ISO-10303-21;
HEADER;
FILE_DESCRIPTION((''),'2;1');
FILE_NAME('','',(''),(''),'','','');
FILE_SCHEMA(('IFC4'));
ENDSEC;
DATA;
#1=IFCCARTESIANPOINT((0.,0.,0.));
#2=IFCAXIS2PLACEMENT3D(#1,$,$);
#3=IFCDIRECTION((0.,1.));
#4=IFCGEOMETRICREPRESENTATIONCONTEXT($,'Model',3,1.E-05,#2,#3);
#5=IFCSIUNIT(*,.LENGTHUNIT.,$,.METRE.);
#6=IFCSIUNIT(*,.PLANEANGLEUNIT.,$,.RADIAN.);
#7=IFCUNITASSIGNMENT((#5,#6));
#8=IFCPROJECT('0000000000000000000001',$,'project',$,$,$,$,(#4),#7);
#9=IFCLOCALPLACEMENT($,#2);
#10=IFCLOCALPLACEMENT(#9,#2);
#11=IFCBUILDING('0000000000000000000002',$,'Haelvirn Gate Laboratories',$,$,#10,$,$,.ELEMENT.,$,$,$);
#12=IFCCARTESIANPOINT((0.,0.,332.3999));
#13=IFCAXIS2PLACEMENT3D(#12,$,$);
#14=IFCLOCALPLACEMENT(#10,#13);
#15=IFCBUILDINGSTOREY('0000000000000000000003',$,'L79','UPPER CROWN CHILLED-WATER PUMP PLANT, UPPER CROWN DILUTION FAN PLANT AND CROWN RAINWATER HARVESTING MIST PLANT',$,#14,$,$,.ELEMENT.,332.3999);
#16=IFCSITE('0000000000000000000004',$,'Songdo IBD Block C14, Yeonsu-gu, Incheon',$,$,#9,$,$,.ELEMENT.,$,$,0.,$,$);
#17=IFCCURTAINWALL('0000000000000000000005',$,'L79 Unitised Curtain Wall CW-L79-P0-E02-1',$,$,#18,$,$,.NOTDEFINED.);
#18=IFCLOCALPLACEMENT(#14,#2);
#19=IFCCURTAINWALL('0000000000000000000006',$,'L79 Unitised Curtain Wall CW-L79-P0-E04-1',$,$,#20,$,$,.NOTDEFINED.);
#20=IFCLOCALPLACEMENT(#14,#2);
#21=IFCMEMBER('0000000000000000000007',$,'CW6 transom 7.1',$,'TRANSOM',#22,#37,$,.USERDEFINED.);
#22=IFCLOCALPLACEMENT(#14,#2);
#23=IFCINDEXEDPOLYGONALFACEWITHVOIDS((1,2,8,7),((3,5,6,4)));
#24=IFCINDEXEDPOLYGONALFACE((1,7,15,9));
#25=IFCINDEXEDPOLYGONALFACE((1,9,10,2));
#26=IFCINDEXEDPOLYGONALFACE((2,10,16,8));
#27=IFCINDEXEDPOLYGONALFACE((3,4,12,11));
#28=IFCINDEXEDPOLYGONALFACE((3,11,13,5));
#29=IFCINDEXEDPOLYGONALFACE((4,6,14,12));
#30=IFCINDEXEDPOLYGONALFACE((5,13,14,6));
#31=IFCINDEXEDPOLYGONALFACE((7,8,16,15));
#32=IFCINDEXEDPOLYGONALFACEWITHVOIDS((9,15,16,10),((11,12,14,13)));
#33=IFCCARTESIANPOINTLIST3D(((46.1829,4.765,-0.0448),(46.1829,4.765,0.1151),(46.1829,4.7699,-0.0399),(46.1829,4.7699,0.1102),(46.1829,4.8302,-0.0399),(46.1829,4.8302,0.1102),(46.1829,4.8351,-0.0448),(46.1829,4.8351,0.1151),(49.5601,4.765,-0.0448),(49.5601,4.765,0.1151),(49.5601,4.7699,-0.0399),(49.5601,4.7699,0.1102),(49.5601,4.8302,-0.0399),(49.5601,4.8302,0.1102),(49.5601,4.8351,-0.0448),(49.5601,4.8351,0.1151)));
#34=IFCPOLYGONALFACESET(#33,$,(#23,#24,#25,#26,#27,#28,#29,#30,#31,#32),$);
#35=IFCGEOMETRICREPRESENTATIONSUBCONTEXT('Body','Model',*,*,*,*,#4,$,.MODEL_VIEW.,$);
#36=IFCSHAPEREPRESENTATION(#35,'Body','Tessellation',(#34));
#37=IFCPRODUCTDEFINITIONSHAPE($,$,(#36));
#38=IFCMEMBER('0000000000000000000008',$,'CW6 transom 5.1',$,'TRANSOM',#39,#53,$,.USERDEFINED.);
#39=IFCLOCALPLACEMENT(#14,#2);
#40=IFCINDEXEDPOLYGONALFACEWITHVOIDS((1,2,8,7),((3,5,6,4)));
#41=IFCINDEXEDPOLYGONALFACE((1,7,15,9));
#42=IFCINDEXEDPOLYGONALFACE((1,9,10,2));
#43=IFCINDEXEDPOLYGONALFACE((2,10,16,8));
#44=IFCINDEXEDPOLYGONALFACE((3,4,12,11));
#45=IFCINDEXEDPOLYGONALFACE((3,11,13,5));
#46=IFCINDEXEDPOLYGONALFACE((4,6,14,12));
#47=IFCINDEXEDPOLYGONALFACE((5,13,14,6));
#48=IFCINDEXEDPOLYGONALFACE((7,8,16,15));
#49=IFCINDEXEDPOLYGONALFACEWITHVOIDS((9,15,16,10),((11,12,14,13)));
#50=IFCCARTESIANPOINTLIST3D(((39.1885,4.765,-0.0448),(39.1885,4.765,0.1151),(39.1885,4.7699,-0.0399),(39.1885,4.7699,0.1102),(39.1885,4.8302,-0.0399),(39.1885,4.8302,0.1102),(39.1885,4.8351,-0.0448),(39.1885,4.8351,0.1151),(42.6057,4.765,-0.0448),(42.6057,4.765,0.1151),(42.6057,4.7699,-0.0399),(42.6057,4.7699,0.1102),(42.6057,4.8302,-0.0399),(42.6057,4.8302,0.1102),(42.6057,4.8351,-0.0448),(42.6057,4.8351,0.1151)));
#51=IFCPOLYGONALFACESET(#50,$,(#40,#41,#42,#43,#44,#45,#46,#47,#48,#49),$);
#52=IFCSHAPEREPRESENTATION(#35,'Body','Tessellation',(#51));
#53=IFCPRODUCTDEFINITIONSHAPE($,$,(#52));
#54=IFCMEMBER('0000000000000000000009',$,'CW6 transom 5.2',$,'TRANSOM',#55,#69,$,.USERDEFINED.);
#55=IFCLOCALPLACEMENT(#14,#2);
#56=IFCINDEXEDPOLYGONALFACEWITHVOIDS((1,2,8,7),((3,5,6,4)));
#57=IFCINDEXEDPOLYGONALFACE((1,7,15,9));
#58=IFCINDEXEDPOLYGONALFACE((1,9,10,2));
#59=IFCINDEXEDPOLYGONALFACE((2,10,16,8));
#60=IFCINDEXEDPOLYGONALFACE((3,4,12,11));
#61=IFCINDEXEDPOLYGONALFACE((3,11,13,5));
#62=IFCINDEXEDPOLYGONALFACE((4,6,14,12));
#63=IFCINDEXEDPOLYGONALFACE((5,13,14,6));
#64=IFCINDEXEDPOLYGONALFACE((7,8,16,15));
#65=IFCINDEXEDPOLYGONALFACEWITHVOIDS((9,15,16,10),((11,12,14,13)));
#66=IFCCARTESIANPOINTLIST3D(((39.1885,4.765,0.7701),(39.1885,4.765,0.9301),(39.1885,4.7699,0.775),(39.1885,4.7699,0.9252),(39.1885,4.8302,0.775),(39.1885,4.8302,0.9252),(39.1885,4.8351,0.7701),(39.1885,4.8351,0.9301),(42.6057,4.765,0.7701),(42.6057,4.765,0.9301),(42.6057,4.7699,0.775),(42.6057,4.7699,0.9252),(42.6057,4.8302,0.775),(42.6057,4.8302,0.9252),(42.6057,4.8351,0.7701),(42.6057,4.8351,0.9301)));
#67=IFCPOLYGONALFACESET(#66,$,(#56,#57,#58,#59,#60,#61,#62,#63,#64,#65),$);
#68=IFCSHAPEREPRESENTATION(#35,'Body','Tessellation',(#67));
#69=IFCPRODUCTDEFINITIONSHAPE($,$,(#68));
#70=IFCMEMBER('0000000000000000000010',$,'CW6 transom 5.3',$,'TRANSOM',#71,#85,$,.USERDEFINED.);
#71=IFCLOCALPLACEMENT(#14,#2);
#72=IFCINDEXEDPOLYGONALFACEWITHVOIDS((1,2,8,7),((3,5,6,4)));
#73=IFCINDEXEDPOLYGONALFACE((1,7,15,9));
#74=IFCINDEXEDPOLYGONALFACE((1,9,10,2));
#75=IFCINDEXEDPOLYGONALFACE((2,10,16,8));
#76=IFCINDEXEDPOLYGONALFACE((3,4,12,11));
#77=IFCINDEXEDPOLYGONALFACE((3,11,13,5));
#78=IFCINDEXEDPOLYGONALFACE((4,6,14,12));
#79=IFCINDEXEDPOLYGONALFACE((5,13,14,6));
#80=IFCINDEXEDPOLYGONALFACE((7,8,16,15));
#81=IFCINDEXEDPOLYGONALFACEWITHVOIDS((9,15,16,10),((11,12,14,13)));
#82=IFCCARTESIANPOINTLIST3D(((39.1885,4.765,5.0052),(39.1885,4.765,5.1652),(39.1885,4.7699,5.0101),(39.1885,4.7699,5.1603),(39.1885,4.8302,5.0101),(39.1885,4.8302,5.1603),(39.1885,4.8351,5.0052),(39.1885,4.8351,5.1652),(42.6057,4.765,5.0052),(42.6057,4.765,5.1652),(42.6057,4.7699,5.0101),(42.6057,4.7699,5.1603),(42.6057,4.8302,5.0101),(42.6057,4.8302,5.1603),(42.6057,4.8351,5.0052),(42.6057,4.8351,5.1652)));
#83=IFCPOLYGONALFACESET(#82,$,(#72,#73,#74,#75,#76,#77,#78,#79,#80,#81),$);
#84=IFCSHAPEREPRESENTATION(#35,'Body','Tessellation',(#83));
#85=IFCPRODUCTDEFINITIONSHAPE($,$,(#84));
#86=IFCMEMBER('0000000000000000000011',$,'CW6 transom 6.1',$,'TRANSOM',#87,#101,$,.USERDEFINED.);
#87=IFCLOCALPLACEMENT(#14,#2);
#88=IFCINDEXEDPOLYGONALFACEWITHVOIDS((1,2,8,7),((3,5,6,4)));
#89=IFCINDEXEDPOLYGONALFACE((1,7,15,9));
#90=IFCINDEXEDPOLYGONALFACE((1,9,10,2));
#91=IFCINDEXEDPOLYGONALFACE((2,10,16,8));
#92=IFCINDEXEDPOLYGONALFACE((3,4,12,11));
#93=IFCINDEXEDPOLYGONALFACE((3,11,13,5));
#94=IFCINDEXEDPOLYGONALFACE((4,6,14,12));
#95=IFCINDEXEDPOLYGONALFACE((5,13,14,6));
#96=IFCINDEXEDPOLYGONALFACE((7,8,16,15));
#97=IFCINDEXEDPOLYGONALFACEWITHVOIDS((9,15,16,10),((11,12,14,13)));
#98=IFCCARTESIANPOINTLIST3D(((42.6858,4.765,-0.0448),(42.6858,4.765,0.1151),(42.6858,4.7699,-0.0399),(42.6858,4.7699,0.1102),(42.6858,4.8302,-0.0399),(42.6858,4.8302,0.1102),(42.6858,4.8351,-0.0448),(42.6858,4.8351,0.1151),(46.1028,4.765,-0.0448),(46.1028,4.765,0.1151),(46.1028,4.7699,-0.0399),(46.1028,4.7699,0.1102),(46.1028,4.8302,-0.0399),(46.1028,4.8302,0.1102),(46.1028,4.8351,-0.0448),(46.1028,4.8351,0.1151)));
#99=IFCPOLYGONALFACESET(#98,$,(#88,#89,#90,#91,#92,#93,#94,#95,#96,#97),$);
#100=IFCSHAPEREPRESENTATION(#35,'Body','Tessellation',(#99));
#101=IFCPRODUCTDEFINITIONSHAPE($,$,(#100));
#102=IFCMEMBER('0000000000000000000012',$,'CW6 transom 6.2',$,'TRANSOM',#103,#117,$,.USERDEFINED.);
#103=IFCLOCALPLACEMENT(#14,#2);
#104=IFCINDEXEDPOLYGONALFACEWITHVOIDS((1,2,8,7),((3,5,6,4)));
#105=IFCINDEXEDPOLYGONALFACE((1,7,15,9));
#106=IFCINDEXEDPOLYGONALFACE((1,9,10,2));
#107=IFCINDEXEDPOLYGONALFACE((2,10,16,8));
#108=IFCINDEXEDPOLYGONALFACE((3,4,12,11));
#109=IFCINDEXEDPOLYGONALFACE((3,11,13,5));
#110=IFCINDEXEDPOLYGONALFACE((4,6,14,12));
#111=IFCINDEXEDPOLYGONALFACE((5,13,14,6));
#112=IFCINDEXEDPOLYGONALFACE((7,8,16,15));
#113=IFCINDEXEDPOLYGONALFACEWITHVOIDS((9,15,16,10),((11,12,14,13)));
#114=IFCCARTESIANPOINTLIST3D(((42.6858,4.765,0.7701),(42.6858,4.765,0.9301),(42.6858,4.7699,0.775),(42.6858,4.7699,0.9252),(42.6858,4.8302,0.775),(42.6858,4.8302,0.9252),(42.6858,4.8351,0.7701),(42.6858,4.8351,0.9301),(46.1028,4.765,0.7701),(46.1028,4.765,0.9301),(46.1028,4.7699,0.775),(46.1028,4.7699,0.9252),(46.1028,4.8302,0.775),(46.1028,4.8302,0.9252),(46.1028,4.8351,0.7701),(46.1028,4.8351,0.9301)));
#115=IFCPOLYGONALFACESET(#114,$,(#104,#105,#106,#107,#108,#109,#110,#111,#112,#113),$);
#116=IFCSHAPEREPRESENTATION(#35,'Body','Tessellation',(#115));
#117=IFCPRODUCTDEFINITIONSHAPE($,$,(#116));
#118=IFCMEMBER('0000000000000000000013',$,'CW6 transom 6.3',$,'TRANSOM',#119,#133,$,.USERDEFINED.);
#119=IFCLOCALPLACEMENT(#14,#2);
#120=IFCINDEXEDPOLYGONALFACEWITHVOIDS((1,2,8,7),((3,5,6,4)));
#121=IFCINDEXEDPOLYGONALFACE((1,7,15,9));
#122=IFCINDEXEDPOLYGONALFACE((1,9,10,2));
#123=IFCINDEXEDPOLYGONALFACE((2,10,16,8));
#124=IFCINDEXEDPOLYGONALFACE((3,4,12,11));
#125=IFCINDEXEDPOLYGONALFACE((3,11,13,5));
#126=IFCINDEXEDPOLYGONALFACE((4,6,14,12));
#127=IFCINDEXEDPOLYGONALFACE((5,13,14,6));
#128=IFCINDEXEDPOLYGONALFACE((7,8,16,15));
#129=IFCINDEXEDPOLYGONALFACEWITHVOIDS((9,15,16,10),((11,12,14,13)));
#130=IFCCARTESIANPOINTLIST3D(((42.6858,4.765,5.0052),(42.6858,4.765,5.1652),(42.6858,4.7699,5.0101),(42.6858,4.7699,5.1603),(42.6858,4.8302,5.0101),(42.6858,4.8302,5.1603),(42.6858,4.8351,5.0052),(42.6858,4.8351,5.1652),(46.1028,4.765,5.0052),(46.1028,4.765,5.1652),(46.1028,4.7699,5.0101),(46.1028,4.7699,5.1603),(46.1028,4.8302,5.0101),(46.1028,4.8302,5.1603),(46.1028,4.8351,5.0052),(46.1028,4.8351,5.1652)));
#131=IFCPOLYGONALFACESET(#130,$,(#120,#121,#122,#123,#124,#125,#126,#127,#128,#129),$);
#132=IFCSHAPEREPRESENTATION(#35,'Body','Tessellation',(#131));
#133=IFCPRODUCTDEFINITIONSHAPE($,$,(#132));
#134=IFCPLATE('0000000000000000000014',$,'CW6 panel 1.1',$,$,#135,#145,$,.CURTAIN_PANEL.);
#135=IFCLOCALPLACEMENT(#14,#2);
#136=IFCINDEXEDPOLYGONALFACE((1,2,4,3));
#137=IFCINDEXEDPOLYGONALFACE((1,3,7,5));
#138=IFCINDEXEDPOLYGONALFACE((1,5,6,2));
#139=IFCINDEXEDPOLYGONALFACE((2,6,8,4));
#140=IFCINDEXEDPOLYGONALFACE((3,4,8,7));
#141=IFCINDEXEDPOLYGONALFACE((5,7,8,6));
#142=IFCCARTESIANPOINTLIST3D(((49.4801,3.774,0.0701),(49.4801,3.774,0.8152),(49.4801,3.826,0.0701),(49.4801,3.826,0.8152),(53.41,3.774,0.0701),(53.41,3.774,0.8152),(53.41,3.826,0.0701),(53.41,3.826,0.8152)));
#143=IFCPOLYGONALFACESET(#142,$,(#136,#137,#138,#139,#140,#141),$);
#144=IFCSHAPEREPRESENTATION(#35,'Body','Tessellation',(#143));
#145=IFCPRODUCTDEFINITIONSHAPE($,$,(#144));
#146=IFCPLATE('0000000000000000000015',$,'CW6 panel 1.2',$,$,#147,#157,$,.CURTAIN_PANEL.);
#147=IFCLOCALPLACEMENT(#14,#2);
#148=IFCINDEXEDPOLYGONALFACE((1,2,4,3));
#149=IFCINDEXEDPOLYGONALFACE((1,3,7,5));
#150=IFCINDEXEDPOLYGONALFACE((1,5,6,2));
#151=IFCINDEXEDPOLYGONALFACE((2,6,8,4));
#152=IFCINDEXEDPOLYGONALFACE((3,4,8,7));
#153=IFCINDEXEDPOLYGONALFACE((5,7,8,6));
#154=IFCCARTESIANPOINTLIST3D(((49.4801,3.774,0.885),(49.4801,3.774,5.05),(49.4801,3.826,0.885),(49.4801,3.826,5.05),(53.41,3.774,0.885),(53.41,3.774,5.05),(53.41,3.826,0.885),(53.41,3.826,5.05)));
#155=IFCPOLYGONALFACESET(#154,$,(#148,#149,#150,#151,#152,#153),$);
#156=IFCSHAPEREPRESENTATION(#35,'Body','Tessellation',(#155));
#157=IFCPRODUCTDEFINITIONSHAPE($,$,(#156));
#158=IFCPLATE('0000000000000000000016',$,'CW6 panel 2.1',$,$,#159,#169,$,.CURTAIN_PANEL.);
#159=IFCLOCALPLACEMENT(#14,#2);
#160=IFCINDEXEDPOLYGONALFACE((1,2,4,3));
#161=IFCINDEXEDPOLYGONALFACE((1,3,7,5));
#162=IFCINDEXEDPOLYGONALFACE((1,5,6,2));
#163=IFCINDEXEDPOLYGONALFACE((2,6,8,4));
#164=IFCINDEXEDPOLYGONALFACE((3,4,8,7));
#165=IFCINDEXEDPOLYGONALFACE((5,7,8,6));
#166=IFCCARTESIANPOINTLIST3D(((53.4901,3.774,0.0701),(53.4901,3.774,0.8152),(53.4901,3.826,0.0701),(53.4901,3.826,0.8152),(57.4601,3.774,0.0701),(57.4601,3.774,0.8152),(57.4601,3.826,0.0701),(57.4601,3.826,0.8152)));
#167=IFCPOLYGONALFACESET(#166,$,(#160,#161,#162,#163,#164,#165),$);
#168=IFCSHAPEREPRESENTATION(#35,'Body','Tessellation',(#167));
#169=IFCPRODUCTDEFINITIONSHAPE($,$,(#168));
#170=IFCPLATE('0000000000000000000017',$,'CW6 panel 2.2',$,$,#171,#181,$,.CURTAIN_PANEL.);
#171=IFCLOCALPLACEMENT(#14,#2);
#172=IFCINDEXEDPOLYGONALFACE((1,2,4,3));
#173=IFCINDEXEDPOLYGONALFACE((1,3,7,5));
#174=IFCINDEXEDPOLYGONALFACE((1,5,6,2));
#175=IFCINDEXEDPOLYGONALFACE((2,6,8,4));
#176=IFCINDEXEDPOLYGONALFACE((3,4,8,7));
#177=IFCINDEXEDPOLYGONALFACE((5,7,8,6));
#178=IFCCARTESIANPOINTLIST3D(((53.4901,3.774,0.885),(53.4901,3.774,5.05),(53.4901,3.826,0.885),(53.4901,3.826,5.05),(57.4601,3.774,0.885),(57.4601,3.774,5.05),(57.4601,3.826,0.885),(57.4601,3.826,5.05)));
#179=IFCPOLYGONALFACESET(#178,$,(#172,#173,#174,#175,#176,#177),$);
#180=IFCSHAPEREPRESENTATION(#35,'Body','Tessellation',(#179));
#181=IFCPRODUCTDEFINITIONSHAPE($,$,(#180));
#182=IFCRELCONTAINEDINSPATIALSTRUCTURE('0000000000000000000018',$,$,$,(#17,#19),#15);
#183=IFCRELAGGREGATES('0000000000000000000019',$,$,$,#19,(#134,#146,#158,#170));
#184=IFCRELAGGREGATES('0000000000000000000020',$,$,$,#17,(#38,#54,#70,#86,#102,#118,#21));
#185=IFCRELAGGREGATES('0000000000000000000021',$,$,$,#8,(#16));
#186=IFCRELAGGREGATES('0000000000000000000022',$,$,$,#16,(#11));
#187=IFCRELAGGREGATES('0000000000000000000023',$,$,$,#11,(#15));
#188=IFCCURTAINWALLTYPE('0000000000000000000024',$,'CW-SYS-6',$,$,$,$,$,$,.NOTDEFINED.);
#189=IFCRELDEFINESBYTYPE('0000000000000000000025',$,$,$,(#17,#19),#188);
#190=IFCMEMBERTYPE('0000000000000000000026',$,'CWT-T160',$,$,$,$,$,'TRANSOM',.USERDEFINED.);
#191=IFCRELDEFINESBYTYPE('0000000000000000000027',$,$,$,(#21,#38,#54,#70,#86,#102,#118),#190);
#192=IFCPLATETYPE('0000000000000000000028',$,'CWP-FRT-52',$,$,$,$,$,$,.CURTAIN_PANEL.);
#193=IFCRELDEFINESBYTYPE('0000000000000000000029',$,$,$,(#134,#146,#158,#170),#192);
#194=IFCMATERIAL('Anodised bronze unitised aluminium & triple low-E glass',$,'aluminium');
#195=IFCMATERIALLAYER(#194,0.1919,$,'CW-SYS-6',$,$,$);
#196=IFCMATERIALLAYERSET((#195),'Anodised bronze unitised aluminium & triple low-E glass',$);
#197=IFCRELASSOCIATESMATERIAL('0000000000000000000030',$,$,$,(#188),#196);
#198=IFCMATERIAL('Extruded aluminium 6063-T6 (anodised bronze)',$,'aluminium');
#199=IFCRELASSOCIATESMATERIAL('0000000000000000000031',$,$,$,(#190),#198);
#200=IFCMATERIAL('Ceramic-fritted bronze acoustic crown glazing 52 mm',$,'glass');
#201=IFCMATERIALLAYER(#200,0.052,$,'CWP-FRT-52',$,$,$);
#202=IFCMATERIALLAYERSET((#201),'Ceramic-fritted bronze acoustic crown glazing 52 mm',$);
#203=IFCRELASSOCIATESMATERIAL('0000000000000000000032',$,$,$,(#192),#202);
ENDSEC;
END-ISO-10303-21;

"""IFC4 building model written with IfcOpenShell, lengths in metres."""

from ifc_helpers import new_model, si_unit, direction, frame, origin, origin_2d, place, context, subcontext, project, spatial, rectangle, hollow_rectangle, extrude, source, transform, mapped, material, layer, layer_set, material_profile, profile_set, type_object, element, aggregate, save


model = new_model("IFC4")

# Units and contexts
model_context = context("Model", 3, precision=1e-05, world=origin(), true_north=direction((0.0, 1.0)))
body_context = subcontext(model_context, "Body", "Model", "MODEL_VIEW")
ifc_project = project(units=[si_unit("LENGTHUNIT", "METRE"), si_unit("PLANEANGLEUNIT", "RADIAN")], contexts=[model_context])

# Site, building, storey
site_placement = place(None, origin())
site = spatial("IfcSite", under=ifc_project, at=site_placement, Name="Songdo IBD Block C14, Yeonsu-gu, Incheon", CompositionType="ELEMENT", RefElevation=0.0)
building_placement = place(site_placement, origin())
building = spatial("IfcBuilding", under=site, at=building_placement, Name="Haelvirn Gate Laboratories", CompositionType="ELEMENT")
storey_placement = place(building_placement, frame((0.0, 0.0, 332.3999)))
storey = spatial("IfcBuildingStorey", under=building, at=storey_placement, Name="L79", Description="UPPER CROWN CHILLED-WATER PUMP PLANT, UPPER CROWN DILUTION FAN PLANT AND CROWN RAINWATER HARVESTING MIST PLANT", CompositionType="ELEMENT", Elevation=332.3999)

# Curtain walls
ifc_material_1 = material(Name="Anodised bronze unitised aluminium & triple low-E glass", Category="aluminium")
ifc_layer_1 = layer(ifc_material_1, 0.1919, Name="CW-SYS-6")
ifc_layer_set_1 = layer_set([ifc_layer_1], Name="Anodised bronze unitised aluminium & triple low-E glass")
curtain_wall_type = type_object("IfcCurtainWallType", Name="CW-SYS-6", PredefinedType="NOTDEFINED", material=ifc_layer_set_1)
curtain_wall_1_placement = place(storey_placement, origin())
curtain_wall_1 = element("IfcCurtainWall", 1, at=curtain_wall_1_placement, inside=storey, type_object=curtain_wall_type, Name="L79 Unitised Curtain Wall CW-L79-P0-E02-1", PredefinedType="NOTDEFINED")
ifc_material_2 = material(Name="Extruded aluminium 6063-T6 (anodised bronze)", Category="aluminium")
curtain_wall_2_placement = place(storey_placement, origin())
curtain_wall_2 = element("IfcCurtainWall", 2, at=curtain_wall_2_placement, inside=storey, type_object=curtain_wall_type, Name="L79 Unitised Curtain Wall CW-L79-P0-E04-1", PredefinedType="NOTDEFINED")
ifc_material_profile_1 = material_profile(ifc_material_2, hollow_rectangle(XDim=0.0701, YDim=0.1599, WallThickness=0.0049, at=origin_2d()), Name="CWT-160x70x5")
ifc_profile_set_1 = profile_set([ifc_material_profile_1], Name="Extruded aluminium 6063-T6 (anodised bronze)")
member_type_1 = type_object("IfcMemberType", Name="CWT-T160", ElementType="TRANSOM", PredefinedType="USERDEFINED", material=ifc_profile_set_1)

# Members
shared_shape_1 = source(origin(), body_context, "Body", "SweptSolid", [
    extrude(hollow_rectangle(XDim=0.0701, YDim=0.1599, WallThickness=0.0049, at=origin_2d()), origin(), (0.0, 0.0, 1.0), 3.3772),
])
member_1_placement = place(storey_placement, frame((46.1829, 4.8, 0.0352), z_axis=(1.0, 0.0, 0.0), x_axis=(0.0, 1.0, 0.0)))
member_1 = element("IfcMember", 3, at=member_1_placement, type_object=member_type_1, Name="CW6 transom 7.1", ObjectType="TRANSOM", PredefinedType="USERDEFINED", context=body_context, shape_type="MappedRepresentation", body=[
    mapped(shared_shape_1, transform((0.0, 0.0, 0.0), scale=1.0)),
])
shared_shape_2 = source(origin(), body_context, "Body", "SweptSolid", [
    extrude(hollow_rectangle(XDim=0.0701, YDim=0.1599, WallThickness=0.0049, at=origin_2d()), origin(), (0.0, 0.0, 1.0), 3.4172),
])
member_2_placement = place(storey_placement, frame((39.1885, 4.8, 0.0352), z_axis=(1.0, 0.0, 0.0), x_axis=(0.0, 1.0, 0.0)))
member_2 = element("IfcMember", 4, at=member_2_placement, type_object=member_type_1, Name="CW6 transom 5.1", ObjectType="TRANSOM", PredefinedType="USERDEFINED", context=body_context, shape_type="MappedRepresentation", body=[
    mapped(shared_shape_2, transform((0.0, 0.0, 0.0), scale=1.0)),
])
member_3_placement = place(storey_placement, frame((39.1885, 4.8, 0.8501), z_axis=(1.0, 0.0, 0.0), x_axis=(0.0, 1.0, 0.0)))
member_3 = element("IfcMember", 5, at=member_3_placement, type_object=member_type_1, Name="CW6 transom 5.2", ObjectType="TRANSOM", PredefinedType="USERDEFINED", context=body_context, shape_type="MappedRepresentation", body=[
    mapped(shared_shape_2, transform((0.0, 0.0, 0.0), scale=1.0)),
])
member_4_placement = place(storey_placement, frame((39.1885, 4.8, 5.0852), z_axis=(1.0, 0.0, 0.0), x_axis=(0.0, 1.0, 0.0)))
member_4 = element("IfcMember", 6, at=member_4_placement, type_object=member_type_1, Name="CW6 transom 5.3", ObjectType="TRANSOM", PredefinedType="USERDEFINED", context=body_context, shape_type="MappedRepresentation", body=[
    mapped(shared_shape_2, transform((0.0, 0.0, 0.0), scale=1.0)),
])
shared_shape_3 = source(origin(), body_context, "Body", "SweptSolid", [
    extrude(hollow_rectangle(XDim=0.0701, YDim=0.1599, WallThickness=0.0049, at=origin_2d()), origin(), (0.0, 0.0, 1.0), 3.417),
])
member_5_placement = place(storey_placement, frame((42.6858, 4.8, 0.0352), z_axis=(1.0, 0.0, 0.0), x_axis=(0.0, 1.0, 0.0)))
member_5 = element("IfcMember", 7, at=member_5_placement, type_object=member_type_1, Name="CW6 transom 6.1", ObjectType="TRANSOM", PredefinedType="USERDEFINED", context=body_context, shape_type="MappedRepresentation", body=[
    mapped(shared_shape_3, transform((0.0, 0.0, 0.0), scale=1.0)),
])
member_6_placement = place(storey_placement, frame((42.6858, 4.8, 0.8501), z_axis=(1.0, 0.0, 0.0), x_axis=(0.0, 1.0, 0.0)))
member_6 = element("IfcMember", 8, at=member_6_placement, type_object=member_type_1, Name="CW6 transom 6.2", ObjectType="TRANSOM", PredefinedType="USERDEFINED", context=body_context, shape_type="MappedRepresentation", body=[
    mapped(shared_shape_3, transform((0.0, 0.0, 0.0), scale=1.0)),
])
member_7_placement = place(storey_placement, frame((42.6858, 4.8, 5.0852), z_axis=(1.0, 0.0, 0.0), x_axis=(0.0, 1.0, 0.0)))
member_7 = element("IfcMember", 9, at=member_7_placement, type_object=member_type_1, Name="CW6 transom 6.3", ObjectType="TRANSOM", PredefinedType="USERDEFINED", context=body_context, shape_type="MappedRepresentation", body=[
    mapped(shared_shape_3, transform((0.0, 0.0, 0.0), scale=1.0)),
])

# Plates
ifc_material_3 = material(Name="Ceramic-fritted bronze acoustic crown glazing 52 mm", Category="glass")
ifc_layer_2 = layer(ifc_material_3, 0.052, Name="CWP-FRT-52")
ifc_layer_set_2 = layer_set([ifc_layer_2], Name="Ceramic-fritted bronze acoustic crown glazing 52 mm")
plate_type = type_object("IfcPlateType", Name="CWP-FRT-52", PredefinedType="CURTAIN_PANEL", material=ifc_layer_set_2)
shared_shape_4 = source(origin(), body_context, "Body", "SweptSolid", [
    extrude(rectangle(XDim=3.9299, YDim=0.052, at=origin_2d()), origin(), (0.0, 0.0, 1.0), 0.7451),
])
plate_1_placement = place(storey_placement, frame((51.4451, 3.8, 0.0701), z_axis=(0.0, 0.0, 1.0), x_axis=(1.0, 0.0, 0.0)))
plate_1 = element("IfcPlate", 10, at=plate_1_placement, type_object=plate_type, Name="CW6 panel 1.1", PredefinedType="CURTAIN_PANEL", context=body_context, shape_type="MappedRepresentation", body=[
    mapped(shared_shape_4, transform((0.0, 0.0, 0.0), scale=1.0)),
])
shared_shape_5 = source(origin(), body_context, "Body", "SweptSolid", [
    extrude(rectangle(XDim=3.9299, YDim=0.052, at=origin_2d()), origin(), (0.0, 0.0, 1.0), 4.165),
])
plate_2_placement = place(storey_placement, frame((51.4451, 3.8, 0.885), z_axis=(0.0, 0.0, 1.0), x_axis=(1.0, 0.0, 0.0)))
plate_2 = element("IfcPlate", 11, at=plate_2_placement, type_object=plate_type, Name="CW6 panel 1.2", PredefinedType="CURTAIN_PANEL", context=body_context, shape_type="MappedRepresentation", body=[
    mapped(shared_shape_5, transform((0.0, 0.0, 0.0), scale=1.0)),
])
shared_shape_6 = source(origin(), body_context, "Body", "SweptSolid", [
    extrude(rectangle(XDim=3.97, YDim=0.052, at=origin_2d()), origin(), (0.0, 0.0, 1.0), 0.7451),
])
plate_3_placement = place(storey_placement, frame((55.4751, 3.8, 0.0701), z_axis=(0.0, 0.0, 1.0), x_axis=(1.0, 0.0, 0.0)))
plate_3 = element("IfcPlate", 12, at=plate_3_placement, type_object=plate_type, Name="CW6 panel 2.1", PredefinedType="CURTAIN_PANEL", context=body_context, shape_type="MappedRepresentation", body=[
    mapped(shared_shape_6, transform((0.0, 0.0, 0.0), scale=1.0)),
])
shared_shape_7 = source(origin(), body_context, "Body", "SweptSolid", [
    extrude(rectangle(XDim=3.97, YDim=0.052, at=origin_2d()), origin(), (0.0, 0.0, 1.0), 4.165),
])
plate_4_placement = place(storey_placement, frame((55.4751, 3.8, 0.885), z_axis=(0.0, 0.0, 1.0), x_axis=(1.0, 0.0, 0.0)))
plate_4 = element("IfcPlate", 13, at=plate_4_placement, type_object=plate_type, Name="CW6 panel 2.2", PredefinedType="CURTAIN_PANEL", context=body_context, shape_type="MappedRepresentation", body=[
    mapped(shared_shape_7, transform((0.0, 0.0, 0.0), scale=1.0)),
])
aggregate(curtain_wall_2, [plate_1, plate_2, plate_3, plate_4])
aggregate(curtain_wall_1, [member_2, member_3, member_4, member_5, member_6, member_7, member_1])

save(model, "model.ifc")
